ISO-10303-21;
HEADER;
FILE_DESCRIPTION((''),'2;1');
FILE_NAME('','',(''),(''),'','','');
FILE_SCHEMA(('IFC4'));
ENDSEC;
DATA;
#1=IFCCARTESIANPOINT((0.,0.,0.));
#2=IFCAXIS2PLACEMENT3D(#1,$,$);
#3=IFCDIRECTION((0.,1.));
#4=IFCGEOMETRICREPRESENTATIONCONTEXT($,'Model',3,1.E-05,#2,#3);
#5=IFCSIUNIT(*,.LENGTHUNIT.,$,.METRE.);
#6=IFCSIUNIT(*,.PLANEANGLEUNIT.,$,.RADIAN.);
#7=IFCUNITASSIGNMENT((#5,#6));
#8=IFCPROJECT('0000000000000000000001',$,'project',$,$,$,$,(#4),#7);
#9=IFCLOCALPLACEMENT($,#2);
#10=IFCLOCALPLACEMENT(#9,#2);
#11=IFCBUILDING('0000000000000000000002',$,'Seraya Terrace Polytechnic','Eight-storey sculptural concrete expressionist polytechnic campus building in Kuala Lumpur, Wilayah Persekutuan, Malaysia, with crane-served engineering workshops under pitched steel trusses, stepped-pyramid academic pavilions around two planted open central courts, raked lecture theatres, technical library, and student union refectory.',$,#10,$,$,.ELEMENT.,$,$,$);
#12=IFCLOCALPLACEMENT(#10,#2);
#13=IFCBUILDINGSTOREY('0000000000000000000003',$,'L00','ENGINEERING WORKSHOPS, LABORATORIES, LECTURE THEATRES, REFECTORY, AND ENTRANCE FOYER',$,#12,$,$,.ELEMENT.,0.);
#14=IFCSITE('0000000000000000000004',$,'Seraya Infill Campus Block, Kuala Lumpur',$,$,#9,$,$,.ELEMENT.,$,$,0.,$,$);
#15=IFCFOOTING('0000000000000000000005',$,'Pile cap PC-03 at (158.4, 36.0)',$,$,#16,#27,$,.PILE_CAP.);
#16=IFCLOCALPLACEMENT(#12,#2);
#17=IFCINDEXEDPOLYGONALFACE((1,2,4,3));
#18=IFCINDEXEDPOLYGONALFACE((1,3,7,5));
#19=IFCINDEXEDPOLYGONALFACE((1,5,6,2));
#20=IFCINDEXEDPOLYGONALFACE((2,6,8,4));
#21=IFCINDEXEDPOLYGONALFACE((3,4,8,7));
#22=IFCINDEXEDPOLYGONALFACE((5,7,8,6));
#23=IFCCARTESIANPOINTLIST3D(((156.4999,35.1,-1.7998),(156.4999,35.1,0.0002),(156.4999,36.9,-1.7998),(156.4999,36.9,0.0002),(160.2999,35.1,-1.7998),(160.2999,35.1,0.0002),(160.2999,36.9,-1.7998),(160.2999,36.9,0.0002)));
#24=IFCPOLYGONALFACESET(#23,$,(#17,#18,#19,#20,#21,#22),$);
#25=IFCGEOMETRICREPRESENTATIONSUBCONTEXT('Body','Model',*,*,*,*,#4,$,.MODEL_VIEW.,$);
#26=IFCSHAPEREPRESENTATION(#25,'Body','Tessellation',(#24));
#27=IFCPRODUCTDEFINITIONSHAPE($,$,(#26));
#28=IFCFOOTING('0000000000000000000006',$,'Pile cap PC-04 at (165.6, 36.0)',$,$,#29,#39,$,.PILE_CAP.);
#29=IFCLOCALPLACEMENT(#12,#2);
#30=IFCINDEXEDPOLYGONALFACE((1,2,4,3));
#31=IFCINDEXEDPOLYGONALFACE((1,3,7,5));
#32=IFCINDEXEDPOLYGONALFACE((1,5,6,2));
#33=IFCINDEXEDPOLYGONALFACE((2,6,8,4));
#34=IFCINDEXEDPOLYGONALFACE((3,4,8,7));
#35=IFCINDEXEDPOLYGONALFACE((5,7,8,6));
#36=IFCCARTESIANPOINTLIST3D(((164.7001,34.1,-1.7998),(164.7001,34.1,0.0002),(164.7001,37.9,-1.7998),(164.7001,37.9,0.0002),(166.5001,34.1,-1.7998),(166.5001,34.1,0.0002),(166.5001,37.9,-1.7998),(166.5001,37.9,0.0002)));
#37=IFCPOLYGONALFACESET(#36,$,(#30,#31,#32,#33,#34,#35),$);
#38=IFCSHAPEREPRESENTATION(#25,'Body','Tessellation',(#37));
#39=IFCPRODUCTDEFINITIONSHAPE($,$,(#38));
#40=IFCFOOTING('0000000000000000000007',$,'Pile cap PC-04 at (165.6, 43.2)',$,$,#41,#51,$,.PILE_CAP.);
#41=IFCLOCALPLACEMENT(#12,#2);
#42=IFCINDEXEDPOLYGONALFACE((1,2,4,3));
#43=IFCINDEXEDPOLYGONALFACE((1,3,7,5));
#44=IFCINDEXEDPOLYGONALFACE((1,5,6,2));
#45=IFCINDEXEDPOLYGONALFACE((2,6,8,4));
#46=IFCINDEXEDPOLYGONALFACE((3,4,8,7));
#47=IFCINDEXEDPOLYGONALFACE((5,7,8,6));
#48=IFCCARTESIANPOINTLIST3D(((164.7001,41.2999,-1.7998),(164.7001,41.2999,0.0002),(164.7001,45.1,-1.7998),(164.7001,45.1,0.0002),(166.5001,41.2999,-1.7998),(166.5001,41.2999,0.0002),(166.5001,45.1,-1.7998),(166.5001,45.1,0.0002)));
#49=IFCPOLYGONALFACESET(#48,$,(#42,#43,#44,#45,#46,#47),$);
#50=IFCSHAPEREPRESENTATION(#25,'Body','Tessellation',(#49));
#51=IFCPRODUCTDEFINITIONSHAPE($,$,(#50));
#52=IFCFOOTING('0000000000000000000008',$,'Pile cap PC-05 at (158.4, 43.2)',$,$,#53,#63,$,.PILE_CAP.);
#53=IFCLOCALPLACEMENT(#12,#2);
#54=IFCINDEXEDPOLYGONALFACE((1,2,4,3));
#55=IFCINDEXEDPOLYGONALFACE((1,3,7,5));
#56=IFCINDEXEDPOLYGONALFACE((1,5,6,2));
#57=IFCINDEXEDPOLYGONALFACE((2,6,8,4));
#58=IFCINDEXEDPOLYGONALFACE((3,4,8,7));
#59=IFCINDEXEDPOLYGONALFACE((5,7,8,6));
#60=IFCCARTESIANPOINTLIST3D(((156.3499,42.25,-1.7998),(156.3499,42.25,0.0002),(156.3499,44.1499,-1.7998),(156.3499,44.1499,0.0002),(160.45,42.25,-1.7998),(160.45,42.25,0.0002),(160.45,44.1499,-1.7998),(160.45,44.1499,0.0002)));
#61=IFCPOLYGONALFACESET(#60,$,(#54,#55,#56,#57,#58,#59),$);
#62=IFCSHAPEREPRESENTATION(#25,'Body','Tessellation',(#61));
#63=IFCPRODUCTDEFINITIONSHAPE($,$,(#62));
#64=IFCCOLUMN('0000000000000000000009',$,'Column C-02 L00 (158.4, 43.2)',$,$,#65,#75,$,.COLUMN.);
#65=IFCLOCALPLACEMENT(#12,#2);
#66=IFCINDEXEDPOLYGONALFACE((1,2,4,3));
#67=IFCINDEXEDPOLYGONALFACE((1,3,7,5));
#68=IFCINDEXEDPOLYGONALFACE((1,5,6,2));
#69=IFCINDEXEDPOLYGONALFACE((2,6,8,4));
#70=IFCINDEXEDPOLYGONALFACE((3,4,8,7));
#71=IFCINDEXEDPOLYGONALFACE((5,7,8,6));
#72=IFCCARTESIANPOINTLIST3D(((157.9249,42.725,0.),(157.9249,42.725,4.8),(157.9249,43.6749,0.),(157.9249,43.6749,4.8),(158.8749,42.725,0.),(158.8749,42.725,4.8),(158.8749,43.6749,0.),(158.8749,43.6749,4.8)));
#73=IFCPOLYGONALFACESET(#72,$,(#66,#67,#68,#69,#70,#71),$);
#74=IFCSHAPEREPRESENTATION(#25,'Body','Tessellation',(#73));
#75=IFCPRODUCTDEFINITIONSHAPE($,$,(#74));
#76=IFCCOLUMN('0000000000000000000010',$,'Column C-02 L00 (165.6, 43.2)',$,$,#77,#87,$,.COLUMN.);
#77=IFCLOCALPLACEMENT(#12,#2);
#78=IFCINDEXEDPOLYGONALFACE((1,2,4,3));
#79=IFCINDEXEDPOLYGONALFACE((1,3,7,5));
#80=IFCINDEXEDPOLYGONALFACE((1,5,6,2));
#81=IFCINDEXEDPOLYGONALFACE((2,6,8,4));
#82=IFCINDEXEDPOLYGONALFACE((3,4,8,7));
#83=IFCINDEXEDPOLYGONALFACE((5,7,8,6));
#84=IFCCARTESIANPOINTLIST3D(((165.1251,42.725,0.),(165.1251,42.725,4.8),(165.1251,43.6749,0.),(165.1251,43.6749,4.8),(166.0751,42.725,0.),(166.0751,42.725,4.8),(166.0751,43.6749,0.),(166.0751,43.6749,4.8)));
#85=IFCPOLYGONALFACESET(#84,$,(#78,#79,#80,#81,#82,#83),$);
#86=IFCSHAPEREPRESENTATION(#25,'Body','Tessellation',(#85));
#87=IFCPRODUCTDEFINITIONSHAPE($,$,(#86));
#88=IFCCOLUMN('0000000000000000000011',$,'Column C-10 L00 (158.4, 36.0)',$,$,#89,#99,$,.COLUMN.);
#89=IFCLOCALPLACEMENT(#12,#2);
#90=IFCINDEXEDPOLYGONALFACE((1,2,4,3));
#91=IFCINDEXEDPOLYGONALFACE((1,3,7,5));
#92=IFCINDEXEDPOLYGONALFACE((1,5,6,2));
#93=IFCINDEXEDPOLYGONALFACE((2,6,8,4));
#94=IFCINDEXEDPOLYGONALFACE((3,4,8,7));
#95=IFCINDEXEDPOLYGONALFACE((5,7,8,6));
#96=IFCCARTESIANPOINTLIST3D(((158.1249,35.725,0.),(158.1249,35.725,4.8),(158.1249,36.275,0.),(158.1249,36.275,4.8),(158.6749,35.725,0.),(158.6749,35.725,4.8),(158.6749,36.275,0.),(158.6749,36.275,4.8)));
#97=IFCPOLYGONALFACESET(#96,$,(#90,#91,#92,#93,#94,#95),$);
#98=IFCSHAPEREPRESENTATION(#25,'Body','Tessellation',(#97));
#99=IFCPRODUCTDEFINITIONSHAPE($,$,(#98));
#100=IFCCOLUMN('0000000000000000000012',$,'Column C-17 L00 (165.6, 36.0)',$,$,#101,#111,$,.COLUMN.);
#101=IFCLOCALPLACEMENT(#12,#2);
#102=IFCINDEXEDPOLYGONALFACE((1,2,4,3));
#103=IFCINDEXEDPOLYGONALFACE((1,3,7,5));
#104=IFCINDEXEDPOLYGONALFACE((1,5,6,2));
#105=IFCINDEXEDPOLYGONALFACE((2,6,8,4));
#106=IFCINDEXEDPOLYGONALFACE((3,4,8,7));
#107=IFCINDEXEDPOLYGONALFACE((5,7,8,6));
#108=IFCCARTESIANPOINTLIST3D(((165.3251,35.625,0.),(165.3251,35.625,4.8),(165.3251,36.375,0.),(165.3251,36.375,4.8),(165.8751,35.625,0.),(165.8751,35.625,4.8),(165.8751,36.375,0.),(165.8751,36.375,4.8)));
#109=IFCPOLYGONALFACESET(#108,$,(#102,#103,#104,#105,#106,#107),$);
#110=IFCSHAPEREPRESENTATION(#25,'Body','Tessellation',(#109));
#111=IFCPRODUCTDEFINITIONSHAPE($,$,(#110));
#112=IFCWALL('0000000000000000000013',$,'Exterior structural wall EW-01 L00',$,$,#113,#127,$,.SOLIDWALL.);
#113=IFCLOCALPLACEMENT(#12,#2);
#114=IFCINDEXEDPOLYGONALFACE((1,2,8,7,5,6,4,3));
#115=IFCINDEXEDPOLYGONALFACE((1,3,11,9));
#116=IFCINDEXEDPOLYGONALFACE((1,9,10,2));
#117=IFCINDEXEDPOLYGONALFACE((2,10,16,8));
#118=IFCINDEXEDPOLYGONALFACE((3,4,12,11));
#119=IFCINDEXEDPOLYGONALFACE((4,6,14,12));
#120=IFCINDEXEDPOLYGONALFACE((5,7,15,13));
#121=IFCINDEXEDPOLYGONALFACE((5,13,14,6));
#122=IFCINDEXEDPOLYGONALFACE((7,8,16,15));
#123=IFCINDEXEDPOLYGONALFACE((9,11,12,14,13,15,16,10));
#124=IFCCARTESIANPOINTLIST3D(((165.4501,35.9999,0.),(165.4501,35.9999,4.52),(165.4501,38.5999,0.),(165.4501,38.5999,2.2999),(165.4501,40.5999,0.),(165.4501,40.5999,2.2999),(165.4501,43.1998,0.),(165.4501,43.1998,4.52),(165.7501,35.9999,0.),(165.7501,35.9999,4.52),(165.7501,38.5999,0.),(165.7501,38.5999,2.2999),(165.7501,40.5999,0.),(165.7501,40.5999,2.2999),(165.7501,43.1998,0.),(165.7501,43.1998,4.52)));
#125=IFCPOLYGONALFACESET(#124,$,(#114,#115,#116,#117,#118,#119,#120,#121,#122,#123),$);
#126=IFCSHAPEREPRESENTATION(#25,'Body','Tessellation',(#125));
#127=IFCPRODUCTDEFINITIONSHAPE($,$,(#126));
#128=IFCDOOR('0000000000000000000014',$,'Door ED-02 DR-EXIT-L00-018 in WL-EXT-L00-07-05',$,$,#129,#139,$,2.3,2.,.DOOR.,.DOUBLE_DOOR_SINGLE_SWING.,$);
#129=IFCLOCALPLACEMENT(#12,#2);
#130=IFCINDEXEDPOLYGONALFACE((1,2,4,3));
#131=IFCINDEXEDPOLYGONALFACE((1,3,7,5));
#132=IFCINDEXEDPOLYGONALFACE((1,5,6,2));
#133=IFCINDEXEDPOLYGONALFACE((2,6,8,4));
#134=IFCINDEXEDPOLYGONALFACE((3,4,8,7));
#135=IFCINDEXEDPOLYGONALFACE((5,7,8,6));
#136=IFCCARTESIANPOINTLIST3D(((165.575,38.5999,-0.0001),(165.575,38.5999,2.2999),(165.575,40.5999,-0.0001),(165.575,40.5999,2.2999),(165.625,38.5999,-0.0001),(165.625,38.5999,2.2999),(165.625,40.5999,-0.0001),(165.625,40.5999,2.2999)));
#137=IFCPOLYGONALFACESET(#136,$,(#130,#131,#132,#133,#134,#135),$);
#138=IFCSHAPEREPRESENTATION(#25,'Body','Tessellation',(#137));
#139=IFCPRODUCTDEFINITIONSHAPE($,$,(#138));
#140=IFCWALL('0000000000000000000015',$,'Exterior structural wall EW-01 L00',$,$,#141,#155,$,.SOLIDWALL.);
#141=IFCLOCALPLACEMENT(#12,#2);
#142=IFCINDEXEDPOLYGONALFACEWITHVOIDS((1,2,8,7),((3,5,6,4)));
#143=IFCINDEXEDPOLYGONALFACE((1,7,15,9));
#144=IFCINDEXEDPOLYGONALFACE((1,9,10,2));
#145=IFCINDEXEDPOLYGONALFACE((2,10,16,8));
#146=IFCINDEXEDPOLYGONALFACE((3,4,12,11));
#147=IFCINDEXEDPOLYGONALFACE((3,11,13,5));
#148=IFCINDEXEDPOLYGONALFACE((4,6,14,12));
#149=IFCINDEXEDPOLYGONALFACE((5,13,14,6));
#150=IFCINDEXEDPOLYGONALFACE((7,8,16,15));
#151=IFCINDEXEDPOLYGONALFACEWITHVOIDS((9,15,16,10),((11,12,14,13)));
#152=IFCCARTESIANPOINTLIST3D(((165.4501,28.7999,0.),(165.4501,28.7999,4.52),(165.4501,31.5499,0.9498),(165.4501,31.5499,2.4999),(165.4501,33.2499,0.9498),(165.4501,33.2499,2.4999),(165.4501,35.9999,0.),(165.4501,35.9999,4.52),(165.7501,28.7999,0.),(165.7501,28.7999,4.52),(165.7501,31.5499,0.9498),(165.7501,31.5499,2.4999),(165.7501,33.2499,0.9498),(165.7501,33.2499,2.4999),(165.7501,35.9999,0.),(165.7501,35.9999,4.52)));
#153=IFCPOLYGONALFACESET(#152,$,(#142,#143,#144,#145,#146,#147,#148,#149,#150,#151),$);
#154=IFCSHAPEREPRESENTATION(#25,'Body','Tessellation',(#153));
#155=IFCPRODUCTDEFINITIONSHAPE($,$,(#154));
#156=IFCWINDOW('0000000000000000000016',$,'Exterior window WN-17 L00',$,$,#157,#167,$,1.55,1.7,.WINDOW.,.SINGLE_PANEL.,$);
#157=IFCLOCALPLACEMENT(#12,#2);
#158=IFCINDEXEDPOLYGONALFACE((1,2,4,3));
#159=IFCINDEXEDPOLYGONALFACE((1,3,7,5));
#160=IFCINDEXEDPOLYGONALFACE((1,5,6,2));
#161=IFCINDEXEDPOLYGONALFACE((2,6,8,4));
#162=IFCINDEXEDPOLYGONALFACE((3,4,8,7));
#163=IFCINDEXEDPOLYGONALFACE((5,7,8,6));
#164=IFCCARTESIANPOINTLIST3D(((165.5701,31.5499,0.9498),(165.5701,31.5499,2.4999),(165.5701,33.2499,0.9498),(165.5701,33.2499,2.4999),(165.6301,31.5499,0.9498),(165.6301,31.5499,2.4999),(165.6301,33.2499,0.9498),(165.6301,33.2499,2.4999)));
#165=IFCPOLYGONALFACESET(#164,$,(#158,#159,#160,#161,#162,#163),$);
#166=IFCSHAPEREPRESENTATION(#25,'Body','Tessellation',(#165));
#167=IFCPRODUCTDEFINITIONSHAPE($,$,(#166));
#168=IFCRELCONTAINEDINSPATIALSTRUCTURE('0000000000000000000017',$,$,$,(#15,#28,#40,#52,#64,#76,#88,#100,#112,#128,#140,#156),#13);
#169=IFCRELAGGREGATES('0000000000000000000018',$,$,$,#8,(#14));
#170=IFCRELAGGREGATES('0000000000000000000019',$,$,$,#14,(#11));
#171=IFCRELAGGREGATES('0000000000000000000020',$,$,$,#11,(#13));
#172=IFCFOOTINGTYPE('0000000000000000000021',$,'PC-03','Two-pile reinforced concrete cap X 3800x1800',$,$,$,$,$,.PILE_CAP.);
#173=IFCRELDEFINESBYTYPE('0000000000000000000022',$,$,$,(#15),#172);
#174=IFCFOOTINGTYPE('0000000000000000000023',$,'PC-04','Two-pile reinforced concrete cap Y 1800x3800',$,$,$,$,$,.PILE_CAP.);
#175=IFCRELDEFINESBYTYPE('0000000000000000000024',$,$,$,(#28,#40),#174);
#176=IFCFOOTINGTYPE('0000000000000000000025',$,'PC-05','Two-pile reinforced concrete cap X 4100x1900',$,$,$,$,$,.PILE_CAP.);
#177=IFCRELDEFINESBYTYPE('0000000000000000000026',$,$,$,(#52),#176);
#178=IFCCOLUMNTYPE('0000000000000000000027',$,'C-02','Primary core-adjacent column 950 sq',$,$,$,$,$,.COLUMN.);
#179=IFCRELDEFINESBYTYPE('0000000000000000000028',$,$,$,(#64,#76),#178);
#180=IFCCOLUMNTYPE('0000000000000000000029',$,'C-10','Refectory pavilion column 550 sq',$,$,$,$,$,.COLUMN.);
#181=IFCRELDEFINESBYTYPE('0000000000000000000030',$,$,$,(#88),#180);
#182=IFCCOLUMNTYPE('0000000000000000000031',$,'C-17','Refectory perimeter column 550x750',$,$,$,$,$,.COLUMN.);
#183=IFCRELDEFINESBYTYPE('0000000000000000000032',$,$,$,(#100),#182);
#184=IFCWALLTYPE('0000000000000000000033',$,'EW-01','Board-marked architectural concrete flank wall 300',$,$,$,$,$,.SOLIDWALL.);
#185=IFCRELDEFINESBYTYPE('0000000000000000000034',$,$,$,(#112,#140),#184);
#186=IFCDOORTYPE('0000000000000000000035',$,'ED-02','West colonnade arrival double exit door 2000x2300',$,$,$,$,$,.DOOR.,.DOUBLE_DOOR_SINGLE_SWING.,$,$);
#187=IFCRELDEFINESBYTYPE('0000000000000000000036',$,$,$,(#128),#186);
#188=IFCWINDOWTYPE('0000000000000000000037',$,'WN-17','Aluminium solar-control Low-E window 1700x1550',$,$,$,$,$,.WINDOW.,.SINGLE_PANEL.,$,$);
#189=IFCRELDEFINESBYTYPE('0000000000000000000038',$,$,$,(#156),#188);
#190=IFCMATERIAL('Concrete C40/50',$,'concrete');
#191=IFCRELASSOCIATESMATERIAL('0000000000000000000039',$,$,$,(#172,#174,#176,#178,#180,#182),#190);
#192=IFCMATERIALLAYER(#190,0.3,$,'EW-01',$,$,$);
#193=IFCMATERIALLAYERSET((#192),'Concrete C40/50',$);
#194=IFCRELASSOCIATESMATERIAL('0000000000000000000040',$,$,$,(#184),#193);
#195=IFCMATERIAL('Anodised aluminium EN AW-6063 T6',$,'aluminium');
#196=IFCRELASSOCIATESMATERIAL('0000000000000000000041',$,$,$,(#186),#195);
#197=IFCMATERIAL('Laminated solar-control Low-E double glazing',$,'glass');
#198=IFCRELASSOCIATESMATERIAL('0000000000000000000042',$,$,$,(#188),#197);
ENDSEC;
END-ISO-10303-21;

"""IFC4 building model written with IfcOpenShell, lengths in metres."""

from ifc_helpers import new_model, si_unit, direction, frame, frame_2d, origin, origin_2d, place, context, subcontext, project, spatial, rectangle, extrude, material, layer, layer_set, material_profile, profile_set, type_object, element, fill, save


model = new_model("IFC4")

# Units and contexts
model_context = context("Model", 3, precision=1e-05, world=origin(), true_north=direction((0.0, 1.0)))
body_context = subcontext(model_context, "Body", "Model", "MODEL_VIEW")
ifc_project = project(units=[si_unit("LENGTHUNIT", "METRE"), si_unit("PLANEANGLEUNIT", "RADIAN")], contexts=[model_context])

# Site, building, storey
site_placement = place(None, origin())
site = spatial("IfcSite", under=ifc_project, at=site_placement, Name="Seraya Infill Campus Block, Kuala Lumpur", CompositionType="ELEMENT", RefElevation=0.0)
building_placement = place(site_placement, origin())
building = spatial("IfcBuilding", under=site, at=building_placement, Name="Seraya Terrace Polytechnic", Description="Eight-storey sculptural concrete expressionist polytechnic campus building in Kuala Lumpur, Wilayah Persekutuan, Malaysia, with crane-served engineering workshops under pitched steel trusses, stepped-pyramid academic pavilions around two planted open central courts, raked lecture theatres, technical library, and student union refectory.", CompositionType="ELEMENT")
storey_placement = place(building_placement, origin())
storey = spatial("IfcBuildingStorey", under=building, at=storey_placement, Name="L00", Description="ENGINEERING WORKSHOPS, LABORATORIES, LECTURE THEATRES, REFECTORY, AND ENTRANCE FOYER", CompositionType="ELEMENT", Elevation=0.0)

# Shared definitions
ifc_material_1 = material(Name="Concrete C40/50", Category="concrete")

# Footings
footing_type_1 = type_object("IfcFootingType", Name="PC-03", Description="Two-pile reinforced concrete cap X 3800x1800", PredefinedType="PILE_CAP", material=ifc_material_1)
footing_1_placement = place(storey_placement, frame((158.3999, 36.0, -1.7998), z_axis=(0.0, 0.0, 1.0), x_axis=(1.0, 0.0, 0.0)))
element("IfcFooting", 1, at=footing_1_placement, inside=storey, type_object=footing_type_1, Name="Pile cap PC-03 at (158.4, 36.0)", PredefinedType="PILE_CAP", context=body_context, shape_type="SweptSolid", body=[
    extrude(rectangle(XDim=3.8, YDim=1.8, at=origin_2d()), origin(), (0.0, 0.0, 1.0), 1.8),
])
footing_type_2 = type_object("IfcFootingType", Name="PC-04", Description="Two-pile reinforced concrete cap Y 1800x3800", PredefinedType="PILE_CAP", material=ifc_material_1)
for number, where, z_axis, x_axis, name in (
    (2, (165.6001, 36.0, -1.7998), (0.0, 0.0, 1.0), (1.0, 0.0, 0.0), "Pile cap PC-04 at (165.6, 36.0)"),
    (3, (165.6001, 43.2, -1.7998), (0.0, 0.0, 1.0), (1.0, 0.0, 0.0), "Pile cap PC-04 at (165.6, 43.2)"),
):
    element("IfcFooting", number, at=place(storey_placement, frame(where, z_axis=z_axis, x_axis=x_axis)), inside=storey, type_object=footing_type_2, Name=name, PredefinedType="PILE_CAP", context=body_context, shape_type="SweptSolid", body=[
        extrude(rectangle(XDim=1.8, YDim=3.8, at=origin_2d()), origin(), (0.0, 0.0, 1.0), 1.8),
    ])
footing_type_3 = type_object("IfcFootingType", Name="PC-05", Description="Two-pile reinforced concrete cap X 4100x1900", PredefinedType="PILE_CAP", material=ifc_material_1)
footing_2_placement = place(storey_placement, frame((158.3999, 43.2, -1.7998), z_axis=(0.0, 0.0, 1.0), x_axis=(1.0, 0.0, 0.0)))
element("IfcFooting", 4, at=footing_2_placement, inside=storey, type_object=footing_type_3, Name="Pile cap PC-05 at (158.4, 43.2)", PredefinedType="PILE_CAP", context=body_context, shape_type="SweptSolid", body=[
    extrude(rectangle(XDim=4.1001, YDim=1.8999, at=origin_2d()), origin(), (0.0, 0.0, 1.0), 1.8),
])

# Columns
ifc_material_profile_1 = material_profile(ifc_material_1, rectangle(XDim=0.95, YDim=0.95, at=origin_2d()), Name="RC 950x950")
ifc_profile_set_1 = profile_set([ifc_material_profile_1], Name="Concrete C40/50")
column_type_1 = type_object("IfcColumnType", Name="C-02", Description="Primary core-adjacent column 950 sq", PredefinedType="COLUMN", material=ifc_profile_set_1)
for number, where, z_axis, x_axis, name in (
    (5, (158.3999, 43.2, 0.0), (0.0, 0.0, 1.0), (1.0, 0.0, 0.0), "Column C-02 L00 (158.4, 43.2)"),
    (6, (165.6001, 43.2, 0.0), (0.0, 0.0, 1.0), (1.0, 0.0, 0.0), "Column C-02 L00 (165.6, 43.2)"),
):
    element("IfcColumn", number, at=place(storey_placement, frame(where, z_axis=z_axis, x_axis=x_axis)), inside=storey, type_object=column_type_1, Name=name, PredefinedType="COLUMN", context=body_context, shape_type="SweptSolid", body=[
        extrude(rectangle(XDim=0.95, YDim=0.95, at=origin_2d()), origin(), (0.0, 0.0, 1.0), 4.8),
    ])
ifc_material_profile_2 = material_profile(ifc_material_1, rectangle(XDim=0.55, YDim=0.55, at=origin_2d()), Name="RC 550x550")
ifc_profile_set_2 = profile_set([ifc_material_profile_2], Name="Concrete C40/50")
column_type_2 = type_object("IfcColumnType", Name="C-10", Description="Refectory pavilion column 550 sq", PredefinedType="COLUMN", material=ifc_profile_set_2)
column_1_placement = place(storey_placement, frame((158.3999, 36.0, 0.0), z_axis=(0.0, 0.0, 1.0), x_axis=(1.0, 0.0, 0.0)))
element("IfcColumn", 7, at=column_1_placement, inside=storey, type_object=column_type_2, Name="Column C-10 L00 (158.4, 36.0)", PredefinedType="COLUMN", context=body_context, shape_type="SweptSolid", body=[
    extrude(rectangle(XDim=0.55, YDim=0.55, at=origin_2d()), origin(), (0.0, 0.0, 1.0), 4.8),
])
ifc_material_profile_3 = material_profile(ifc_material_1, rectangle(XDim=0.55, YDim=0.75, at=origin_2d()), Name="RC 550x750")
ifc_profile_set_3 = profile_set([ifc_material_profile_3], Name="Concrete C40/50")
column_type_3 = type_object("IfcColumnType", Name="C-17", Description="Refectory perimeter column 550x750", PredefinedType="COLUMN", material=ifc_profile_set_3)
column_2_placement = place(storey_placement, frame((165.6001, 36.0, 0.0), z_axis=(0.0, 0.0, 1.0), x_axis=(1.0, 0.0, 0.0)))
element("IfcColumn", 8, at=column_2_placement, inside=storey, type_object=column_type_3, Name="Column C-17 L00 (165.6, 36.0)", PredefinedType="COLUMN", context=body_context, shape_type="SweptSolid", body=[
    extrude(rectangle(XDim=0.55, YDim=0.75, at=origin_2d()), origin(), (0.0, 0.0, 1.0), 4.8),
])

# Wall, opening, door
ifc_layer_1 = layer(ifc_material_1, 0.3, Name="EW-01")
ifc_layer_set_1 = layer_set([ifc_layer_1], Name="Concrete C40/50")
wall_type_1 = type_object("IfcWallType", Name="EW-01", Description="Board-marked architectural concrete flank wall 300", PredefinedType="SOLIDWALL", material=ifc_layer_set_1)
wall_1_placement = place(storey_placement, frame((165.6001, 43.2, 0.0), z_axis=(0.0, 0.0, 1.0), x_axis=(0.0, -1.0, 0.0)))
wall_1 = element("IfcWall", 9, at=wall_1_placement, inside=storey, type_object=wall_type_1, Name="Exterior structural wall EW-01 L00", PredefinedType="SOLIDWALL", context=body_context, shape_type="SweptSolid", body=[
    extrude(rectangle(XDim=7.2, YDim=0.3, at=frame_2d((3.6001, 0.0))), origin(), (0.0, 0.0, 1.0), 4.52),
])
opening_1_placement = place(wall_1_placement, frame((2.6001, 0.0, 0.0)))
opening_1 = element("IfcOpeningElement", 10, at=opening_1_placement, cuts=wall_1, PredefinedType="OPENING", context=body_context, shape_type="SweptSolid", body=[
    extrude(rectangle(XDim=2.0, YDim=2.3, at=frame_2d((1.0, 1.1499))), frame((0.0, 0.1621, 0.0), z_axis=(0.0, -1.0, 0.0), x_axis=(1.0, 0.0, 0.0)), (0.0, 0.0, 1.0), 0.324),
])
ifc_material_2 = material(Name="Anodised aluminium EN AW-6063 T6", Category="aluminium")
door_type = type_object("IfcDoorType", Name="ED-02", Description="West colonnade arrival double exit door 2000x2300", OperationType="DOUBLE_DOOR_SINGLE_SWING", PredefinedType="DOOR", material=ifc_material_2)
door_placement = place(opening_1_placement, origin())
door = element("IfcDoor", 11, at=door_placement, inside=storey, type_object=door_type, Name="Door ED-02 DR-EXIT-L00-018 in WL-EXT-L00-07-05", OperationType="DOUBLE_DOOR_SINGLE_SWING", OverallHeight=2.3, OverallWidth=2.0, PredefinedType="DOOR", context=body_context, shape_type="SweptSolid", body=[
    extrude(rectangle(XDim=2.0, YDim=2.3, at=frame_2d((1.0, 1.1499))), frame((0.0, 0.0249, 0.0), z_axis=(0.0, -1.0, 0.0), x_axis=(1.0, 0.0, 0.0)), (0.0, 0.0, 1.0), 0.05),
])
fill(opening_1, door)

# Wall, opening, window
wall_2_placement = place(storey_placement, frame((165.6001, 36.0, 0.0), z_axis=(0.0, 0.0, 1.0), x_axis=(0.0, -1.0, 0.0)))
wall_2 = element("IfcWall", 12, at=wall_2_placement, inside=storey, type_object=wall_type_1, Name="Exterior structural wall EW-01 L00", PredefinedType="SOLIDWALL", context=body_context, shape_type="SweptSolid", body=[
    extrude(rectangle(XDim=7.2, YDim=0.3, at=frame_2d((3.6001, 0.0))), origin(), (0.0, 0.0, 1.0), 4.52),
])
opening_2_placement = place(wall_2_placement, frame((2.75, 0.0, 0.95)))
opening_2 = element("IfcOpeningElement", 13, at=opening_2_placement, cuts=wall_2, PredefinedType="OPENING", context=body_context, shape_type="SweptSolid", body=[
    extrude(rectangle(XDim=1.7, YDim=1.55, at=frame_2d((0.8501, 0.7749))), frame((0.0, 0.1621, 0.0), z_axis=(0.0, -1.0, 0.0), x_axis=(1.0, 0.0, 0.0)), (0.0, 0.0, 1.0), 0.324),
])
ifc_material_3 = material(Name="Laminated solar-control Low-E double glazing", Category="glass")
window_type = type_object("IfcWindowType", Name="WN-17", Description="Aluminium solar-control Low-E window 1700x1550", PartitioningType="SINGLE_PANEL", PredefinedType="WINDOW", material=ifc_material_3)
window_placement = place(opening_2_placement, origin())
window = element("IfcWindow", 14, at=window_placement, inside=storey, type_object=window_type, Name="Exterior window WN-17 L00", OverallHeight=1.55, OverallWidth=1.7, PartitioningType="SINGLE_PANEL", PredefinedType="WINDOW", context=body_context, shape_type="SweptSolid", body=[
    extrude(rectangle(XDim=1.7, YDim=1.55, at=frame_2d((0.8501, 0.7749))), frame((0.0, 0.03, 0.0), z_axis=(0.0, -1.0, 0.0), x_axis=(1.0, 0.0, 0.0)), (0.0, 0.0, 1.0), 0.0601),
])
fill(opening_2, window)

save(model, "model.ifc")
